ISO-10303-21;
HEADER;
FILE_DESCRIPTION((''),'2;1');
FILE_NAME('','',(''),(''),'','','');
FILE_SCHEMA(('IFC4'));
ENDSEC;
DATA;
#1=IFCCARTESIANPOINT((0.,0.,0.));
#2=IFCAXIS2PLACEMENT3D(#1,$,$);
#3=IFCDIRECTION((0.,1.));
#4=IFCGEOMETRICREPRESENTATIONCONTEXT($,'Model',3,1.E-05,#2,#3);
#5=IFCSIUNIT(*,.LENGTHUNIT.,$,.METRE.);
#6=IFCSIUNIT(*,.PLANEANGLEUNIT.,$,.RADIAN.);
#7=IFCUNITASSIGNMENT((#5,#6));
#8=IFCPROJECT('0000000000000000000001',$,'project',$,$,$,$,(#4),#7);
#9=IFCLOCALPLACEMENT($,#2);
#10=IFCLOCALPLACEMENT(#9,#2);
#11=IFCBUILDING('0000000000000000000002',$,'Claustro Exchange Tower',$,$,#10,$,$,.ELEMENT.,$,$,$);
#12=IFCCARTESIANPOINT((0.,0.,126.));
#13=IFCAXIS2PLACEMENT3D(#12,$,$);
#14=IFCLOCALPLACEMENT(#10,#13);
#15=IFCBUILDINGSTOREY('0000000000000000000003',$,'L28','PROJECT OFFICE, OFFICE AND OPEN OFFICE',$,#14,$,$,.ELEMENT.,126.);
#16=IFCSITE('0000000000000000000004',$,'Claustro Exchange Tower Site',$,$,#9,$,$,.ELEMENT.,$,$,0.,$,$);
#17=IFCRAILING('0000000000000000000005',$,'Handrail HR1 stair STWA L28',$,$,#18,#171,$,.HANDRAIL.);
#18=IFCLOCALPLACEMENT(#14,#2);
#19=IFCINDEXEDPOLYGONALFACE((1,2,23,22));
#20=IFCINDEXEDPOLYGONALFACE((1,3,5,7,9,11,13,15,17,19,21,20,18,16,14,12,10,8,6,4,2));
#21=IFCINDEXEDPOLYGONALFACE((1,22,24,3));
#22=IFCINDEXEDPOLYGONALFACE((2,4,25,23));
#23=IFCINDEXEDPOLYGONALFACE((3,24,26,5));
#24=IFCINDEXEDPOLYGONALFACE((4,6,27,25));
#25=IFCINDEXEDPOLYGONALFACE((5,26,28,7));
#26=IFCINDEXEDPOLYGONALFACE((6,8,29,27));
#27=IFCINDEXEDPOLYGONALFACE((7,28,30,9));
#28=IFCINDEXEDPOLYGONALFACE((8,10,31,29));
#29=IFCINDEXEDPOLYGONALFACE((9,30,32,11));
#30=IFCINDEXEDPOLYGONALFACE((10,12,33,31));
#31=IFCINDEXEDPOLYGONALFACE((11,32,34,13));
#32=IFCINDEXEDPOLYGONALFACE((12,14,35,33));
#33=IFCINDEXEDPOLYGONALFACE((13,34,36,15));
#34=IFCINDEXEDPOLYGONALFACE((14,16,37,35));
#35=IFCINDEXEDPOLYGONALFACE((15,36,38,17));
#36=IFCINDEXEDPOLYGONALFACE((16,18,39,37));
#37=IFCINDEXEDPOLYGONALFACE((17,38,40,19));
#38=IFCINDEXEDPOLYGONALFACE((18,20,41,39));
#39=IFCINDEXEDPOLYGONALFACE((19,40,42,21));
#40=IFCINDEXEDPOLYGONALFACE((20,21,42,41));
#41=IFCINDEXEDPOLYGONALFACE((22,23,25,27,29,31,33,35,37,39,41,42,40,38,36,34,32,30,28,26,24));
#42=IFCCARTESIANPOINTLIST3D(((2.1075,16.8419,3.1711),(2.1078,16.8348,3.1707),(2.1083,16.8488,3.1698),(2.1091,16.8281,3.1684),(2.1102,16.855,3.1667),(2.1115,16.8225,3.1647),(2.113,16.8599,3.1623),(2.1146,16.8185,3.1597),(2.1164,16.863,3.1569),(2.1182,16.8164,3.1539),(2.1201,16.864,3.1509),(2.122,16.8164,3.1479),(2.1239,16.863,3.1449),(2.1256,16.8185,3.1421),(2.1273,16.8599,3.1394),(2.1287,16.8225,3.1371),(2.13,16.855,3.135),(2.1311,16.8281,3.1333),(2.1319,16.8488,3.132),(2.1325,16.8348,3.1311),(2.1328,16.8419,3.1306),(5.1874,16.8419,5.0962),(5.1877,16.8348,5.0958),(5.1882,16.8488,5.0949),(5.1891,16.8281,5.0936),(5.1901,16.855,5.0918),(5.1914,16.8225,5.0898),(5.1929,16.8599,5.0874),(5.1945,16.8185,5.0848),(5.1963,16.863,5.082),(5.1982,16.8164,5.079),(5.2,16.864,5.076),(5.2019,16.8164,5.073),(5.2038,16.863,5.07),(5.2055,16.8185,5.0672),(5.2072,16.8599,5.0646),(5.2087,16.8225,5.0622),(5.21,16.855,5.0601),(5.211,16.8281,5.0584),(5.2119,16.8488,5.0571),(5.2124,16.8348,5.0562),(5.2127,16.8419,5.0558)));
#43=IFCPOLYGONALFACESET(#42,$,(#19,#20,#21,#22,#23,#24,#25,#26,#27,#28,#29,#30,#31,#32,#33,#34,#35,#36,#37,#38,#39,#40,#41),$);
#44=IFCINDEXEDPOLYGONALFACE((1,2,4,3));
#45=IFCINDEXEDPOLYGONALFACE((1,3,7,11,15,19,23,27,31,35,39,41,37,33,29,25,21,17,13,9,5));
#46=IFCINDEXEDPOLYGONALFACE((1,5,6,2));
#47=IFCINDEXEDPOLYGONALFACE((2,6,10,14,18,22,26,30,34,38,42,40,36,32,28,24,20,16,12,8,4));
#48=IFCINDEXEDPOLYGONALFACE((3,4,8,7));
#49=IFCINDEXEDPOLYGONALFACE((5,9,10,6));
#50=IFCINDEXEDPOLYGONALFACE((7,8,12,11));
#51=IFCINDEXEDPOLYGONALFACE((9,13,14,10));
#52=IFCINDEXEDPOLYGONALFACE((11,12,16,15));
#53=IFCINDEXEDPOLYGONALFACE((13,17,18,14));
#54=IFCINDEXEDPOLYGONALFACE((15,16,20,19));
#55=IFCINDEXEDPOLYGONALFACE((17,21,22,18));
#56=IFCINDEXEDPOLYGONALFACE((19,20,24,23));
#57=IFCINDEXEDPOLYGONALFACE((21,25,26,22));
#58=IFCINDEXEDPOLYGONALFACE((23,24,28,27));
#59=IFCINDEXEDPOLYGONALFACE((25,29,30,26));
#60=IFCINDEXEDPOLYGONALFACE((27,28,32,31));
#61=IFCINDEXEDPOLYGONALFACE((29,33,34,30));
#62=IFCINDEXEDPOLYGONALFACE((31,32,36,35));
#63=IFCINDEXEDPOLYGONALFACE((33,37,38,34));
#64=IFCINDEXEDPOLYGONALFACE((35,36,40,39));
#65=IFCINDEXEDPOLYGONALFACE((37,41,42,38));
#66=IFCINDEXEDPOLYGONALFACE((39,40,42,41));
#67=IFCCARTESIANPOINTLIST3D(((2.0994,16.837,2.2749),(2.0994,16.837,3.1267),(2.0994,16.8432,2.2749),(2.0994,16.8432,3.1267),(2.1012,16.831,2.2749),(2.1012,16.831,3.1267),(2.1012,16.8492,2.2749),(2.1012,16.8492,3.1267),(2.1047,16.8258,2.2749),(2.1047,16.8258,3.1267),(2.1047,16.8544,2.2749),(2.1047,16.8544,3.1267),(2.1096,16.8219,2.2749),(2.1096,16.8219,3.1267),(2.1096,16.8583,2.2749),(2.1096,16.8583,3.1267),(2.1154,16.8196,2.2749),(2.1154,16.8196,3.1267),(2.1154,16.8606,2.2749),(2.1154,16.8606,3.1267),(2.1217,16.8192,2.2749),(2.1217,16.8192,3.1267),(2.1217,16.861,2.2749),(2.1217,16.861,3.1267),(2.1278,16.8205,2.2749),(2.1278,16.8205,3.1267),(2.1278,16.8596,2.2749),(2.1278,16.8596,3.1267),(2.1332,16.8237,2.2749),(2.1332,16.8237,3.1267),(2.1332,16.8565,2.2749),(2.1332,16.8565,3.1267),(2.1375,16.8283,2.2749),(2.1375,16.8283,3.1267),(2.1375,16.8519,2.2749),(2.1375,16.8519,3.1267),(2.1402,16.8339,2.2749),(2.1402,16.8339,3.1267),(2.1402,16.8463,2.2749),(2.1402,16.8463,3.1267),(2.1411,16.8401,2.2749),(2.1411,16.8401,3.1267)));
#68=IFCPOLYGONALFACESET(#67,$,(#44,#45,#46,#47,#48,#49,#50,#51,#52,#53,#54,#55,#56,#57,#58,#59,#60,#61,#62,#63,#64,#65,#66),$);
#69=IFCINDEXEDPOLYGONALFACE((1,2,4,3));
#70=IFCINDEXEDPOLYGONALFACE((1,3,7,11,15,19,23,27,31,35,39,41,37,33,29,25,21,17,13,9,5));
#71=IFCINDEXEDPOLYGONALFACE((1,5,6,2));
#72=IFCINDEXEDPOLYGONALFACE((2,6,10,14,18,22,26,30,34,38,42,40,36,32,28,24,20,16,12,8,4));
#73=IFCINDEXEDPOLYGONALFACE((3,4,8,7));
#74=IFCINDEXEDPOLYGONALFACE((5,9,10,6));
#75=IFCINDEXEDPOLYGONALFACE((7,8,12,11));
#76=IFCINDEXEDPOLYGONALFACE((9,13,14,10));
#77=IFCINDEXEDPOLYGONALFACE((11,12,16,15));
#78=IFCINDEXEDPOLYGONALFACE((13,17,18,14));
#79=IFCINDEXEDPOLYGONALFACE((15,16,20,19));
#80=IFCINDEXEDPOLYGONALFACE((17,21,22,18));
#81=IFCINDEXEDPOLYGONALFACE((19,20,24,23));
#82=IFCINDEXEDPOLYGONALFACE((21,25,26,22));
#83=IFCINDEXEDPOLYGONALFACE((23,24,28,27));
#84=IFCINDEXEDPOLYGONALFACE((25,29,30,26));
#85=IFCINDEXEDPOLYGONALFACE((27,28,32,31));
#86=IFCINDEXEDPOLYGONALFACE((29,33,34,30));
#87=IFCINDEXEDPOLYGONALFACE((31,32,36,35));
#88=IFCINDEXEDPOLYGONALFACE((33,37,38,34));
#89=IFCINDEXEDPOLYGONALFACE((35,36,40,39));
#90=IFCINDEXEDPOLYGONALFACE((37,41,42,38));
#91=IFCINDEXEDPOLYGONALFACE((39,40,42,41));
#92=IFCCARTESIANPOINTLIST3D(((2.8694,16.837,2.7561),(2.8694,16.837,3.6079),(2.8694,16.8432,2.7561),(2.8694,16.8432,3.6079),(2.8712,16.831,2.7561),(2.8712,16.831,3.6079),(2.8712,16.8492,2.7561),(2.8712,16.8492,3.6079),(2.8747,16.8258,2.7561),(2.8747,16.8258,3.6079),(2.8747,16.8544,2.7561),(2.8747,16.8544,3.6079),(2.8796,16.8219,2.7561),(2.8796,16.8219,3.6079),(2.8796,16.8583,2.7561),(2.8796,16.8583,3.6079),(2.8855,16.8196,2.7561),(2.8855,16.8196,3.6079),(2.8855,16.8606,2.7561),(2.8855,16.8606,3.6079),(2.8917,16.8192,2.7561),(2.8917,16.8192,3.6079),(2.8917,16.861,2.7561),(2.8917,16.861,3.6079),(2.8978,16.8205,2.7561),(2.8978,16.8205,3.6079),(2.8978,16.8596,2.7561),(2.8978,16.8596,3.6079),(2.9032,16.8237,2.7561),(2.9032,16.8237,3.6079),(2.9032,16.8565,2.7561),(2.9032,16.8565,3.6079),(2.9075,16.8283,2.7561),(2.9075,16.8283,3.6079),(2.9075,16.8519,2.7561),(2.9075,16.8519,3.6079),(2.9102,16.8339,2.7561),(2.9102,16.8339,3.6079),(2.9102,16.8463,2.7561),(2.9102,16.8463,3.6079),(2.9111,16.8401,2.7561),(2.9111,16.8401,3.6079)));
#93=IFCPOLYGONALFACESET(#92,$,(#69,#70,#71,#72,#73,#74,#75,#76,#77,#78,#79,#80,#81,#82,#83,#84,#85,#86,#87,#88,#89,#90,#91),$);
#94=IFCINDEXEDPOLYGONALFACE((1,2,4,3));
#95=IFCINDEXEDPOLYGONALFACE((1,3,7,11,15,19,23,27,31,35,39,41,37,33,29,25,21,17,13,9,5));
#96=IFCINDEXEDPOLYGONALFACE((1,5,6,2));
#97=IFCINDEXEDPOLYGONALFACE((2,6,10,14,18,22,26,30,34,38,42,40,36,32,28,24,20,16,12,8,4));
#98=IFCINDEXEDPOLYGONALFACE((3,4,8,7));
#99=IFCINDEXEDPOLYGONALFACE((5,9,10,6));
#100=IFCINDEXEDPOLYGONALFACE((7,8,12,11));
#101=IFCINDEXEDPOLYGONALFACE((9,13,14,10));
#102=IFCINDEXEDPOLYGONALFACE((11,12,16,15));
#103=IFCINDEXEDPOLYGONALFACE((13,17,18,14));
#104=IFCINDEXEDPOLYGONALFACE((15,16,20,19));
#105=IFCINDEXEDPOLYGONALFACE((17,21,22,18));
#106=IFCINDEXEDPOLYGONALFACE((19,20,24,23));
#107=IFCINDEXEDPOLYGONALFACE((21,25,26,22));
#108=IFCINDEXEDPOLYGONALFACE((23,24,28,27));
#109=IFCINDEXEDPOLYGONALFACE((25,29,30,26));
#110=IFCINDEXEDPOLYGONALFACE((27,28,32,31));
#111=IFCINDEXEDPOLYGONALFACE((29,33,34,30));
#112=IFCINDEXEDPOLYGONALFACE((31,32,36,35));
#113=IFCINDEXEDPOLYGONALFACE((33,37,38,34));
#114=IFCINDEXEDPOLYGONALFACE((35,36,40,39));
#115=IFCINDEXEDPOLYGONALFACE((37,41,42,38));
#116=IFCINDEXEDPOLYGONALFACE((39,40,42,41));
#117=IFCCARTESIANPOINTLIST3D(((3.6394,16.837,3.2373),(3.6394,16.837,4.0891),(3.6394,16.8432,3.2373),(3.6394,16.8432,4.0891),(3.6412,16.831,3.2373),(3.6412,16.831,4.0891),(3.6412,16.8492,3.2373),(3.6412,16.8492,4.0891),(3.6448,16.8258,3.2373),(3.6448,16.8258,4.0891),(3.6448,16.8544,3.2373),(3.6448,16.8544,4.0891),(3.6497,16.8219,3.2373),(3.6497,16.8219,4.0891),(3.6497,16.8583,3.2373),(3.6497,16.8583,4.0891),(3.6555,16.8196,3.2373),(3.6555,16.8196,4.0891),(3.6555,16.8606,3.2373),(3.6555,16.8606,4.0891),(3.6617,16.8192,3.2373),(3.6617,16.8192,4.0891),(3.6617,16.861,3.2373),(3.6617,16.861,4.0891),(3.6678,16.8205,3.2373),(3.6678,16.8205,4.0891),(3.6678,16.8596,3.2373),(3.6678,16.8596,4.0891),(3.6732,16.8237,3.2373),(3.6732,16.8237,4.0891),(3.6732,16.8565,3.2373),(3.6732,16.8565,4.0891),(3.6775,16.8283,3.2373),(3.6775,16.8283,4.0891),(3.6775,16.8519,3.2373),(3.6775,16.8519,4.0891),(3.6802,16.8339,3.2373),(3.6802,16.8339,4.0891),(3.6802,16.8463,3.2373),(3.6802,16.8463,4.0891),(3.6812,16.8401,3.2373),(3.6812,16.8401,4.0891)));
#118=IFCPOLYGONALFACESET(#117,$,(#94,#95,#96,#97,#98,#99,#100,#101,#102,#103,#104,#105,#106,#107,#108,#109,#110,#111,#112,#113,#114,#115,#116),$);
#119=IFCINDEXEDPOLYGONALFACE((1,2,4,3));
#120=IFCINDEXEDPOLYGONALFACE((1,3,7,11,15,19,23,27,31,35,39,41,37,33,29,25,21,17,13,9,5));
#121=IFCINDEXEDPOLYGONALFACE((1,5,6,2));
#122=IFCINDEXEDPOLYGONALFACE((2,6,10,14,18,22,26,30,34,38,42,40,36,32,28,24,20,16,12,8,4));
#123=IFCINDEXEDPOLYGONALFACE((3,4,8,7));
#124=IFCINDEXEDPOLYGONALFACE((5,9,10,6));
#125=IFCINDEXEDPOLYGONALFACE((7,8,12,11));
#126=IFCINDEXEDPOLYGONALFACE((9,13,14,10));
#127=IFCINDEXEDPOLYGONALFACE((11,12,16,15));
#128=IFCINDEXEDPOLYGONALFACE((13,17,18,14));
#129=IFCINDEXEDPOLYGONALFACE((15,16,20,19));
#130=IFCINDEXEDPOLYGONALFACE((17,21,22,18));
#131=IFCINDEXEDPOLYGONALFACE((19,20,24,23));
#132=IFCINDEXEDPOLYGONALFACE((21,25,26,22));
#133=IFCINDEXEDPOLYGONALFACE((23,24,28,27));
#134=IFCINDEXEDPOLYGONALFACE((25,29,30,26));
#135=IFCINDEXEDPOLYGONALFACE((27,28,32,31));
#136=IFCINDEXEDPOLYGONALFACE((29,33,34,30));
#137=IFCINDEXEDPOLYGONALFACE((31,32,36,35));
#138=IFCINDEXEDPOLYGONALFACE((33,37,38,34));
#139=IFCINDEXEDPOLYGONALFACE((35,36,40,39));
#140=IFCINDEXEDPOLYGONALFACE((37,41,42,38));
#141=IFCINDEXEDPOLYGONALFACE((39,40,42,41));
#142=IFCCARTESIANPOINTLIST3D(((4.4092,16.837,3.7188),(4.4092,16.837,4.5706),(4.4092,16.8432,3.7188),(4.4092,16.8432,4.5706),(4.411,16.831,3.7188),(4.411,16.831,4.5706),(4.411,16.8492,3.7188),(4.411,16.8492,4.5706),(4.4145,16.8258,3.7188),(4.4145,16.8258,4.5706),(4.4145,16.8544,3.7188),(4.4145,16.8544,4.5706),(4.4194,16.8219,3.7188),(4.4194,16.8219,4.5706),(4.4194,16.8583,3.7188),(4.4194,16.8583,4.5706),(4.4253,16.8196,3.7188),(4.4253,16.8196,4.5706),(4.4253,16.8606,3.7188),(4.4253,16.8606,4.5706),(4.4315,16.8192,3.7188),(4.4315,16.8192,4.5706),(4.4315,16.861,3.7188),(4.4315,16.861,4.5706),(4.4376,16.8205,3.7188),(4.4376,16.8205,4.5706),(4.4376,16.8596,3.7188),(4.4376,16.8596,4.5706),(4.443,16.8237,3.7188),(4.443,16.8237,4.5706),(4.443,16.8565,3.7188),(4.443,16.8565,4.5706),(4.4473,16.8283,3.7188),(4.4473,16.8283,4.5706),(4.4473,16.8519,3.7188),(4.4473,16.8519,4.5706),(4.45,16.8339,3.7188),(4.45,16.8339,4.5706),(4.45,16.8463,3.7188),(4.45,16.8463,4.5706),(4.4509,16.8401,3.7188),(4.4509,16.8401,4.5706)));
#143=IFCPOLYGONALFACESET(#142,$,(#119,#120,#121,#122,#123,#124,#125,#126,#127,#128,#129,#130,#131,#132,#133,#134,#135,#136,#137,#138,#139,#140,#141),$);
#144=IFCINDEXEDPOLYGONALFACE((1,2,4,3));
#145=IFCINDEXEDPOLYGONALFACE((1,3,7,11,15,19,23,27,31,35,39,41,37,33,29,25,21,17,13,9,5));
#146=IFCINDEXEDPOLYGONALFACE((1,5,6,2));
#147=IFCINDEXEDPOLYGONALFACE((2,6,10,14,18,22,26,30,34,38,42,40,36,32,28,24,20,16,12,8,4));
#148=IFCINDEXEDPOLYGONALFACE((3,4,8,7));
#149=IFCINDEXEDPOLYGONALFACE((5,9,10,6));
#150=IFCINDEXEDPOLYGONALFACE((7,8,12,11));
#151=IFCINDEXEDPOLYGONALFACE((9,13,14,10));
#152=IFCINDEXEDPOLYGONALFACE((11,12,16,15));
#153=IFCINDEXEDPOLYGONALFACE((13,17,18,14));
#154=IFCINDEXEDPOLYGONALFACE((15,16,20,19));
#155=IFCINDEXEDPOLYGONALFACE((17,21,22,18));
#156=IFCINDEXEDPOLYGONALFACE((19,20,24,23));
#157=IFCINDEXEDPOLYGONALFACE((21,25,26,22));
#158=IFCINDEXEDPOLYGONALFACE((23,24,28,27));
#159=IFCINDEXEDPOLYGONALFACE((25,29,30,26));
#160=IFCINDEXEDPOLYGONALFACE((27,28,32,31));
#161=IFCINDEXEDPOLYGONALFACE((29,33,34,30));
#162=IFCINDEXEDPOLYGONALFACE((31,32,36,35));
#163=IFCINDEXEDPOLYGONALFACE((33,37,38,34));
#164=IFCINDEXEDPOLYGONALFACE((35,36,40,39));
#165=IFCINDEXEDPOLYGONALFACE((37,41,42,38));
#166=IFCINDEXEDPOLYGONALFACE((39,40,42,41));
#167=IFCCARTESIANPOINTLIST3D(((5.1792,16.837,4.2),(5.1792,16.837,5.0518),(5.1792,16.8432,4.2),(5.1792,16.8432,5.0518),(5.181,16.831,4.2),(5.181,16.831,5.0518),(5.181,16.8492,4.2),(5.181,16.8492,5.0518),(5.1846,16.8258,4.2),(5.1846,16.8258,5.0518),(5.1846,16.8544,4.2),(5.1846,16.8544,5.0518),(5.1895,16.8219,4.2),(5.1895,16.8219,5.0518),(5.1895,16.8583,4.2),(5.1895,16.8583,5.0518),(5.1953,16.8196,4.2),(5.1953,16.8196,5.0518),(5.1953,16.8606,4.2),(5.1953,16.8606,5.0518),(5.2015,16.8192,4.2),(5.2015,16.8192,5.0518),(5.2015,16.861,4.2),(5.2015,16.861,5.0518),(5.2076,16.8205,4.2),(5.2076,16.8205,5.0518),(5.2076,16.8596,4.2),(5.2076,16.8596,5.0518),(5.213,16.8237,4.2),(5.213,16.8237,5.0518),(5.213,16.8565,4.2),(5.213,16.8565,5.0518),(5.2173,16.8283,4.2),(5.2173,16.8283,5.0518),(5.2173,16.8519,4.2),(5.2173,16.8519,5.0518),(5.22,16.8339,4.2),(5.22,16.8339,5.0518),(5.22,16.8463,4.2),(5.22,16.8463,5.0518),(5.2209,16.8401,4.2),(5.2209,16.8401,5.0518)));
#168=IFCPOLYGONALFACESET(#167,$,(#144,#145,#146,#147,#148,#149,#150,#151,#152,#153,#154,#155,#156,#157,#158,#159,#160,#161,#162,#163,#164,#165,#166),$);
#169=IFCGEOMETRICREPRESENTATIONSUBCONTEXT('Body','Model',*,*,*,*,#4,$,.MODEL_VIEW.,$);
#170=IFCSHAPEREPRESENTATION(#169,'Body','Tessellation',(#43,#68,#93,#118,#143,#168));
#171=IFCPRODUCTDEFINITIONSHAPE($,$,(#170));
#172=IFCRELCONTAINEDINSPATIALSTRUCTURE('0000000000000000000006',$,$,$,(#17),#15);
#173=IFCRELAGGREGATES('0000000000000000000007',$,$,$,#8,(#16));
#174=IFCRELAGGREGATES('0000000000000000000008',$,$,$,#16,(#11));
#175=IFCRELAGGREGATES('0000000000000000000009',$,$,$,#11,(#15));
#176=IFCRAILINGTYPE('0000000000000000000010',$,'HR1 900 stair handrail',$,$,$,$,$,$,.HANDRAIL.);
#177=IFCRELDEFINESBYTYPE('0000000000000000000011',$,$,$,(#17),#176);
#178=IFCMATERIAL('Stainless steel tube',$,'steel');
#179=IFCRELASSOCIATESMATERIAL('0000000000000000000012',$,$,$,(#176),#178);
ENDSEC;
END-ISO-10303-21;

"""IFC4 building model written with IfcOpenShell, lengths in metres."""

from ifc_helpers import new_model, si_unit, direction, frame, origin, origin_2d, place, context, subcontext, project, spatial, circle, extrude, material, type_object, element, save


model = new_model("IFC4")

# Units and contexts
model_context = context("Model", 3, precision=1e-05, world=origin(), true_north=direction((0.0, 1.0)))
body_context = subcontext(model_context, "Body", "Model", "MODEL_VIEW")
ifc_project = project(units=[si_unit("LENGTHUNIT", "METRE"), si_unit("PLANEANGLEUNIT", "RADIAN")], contexts=[model_context])

# Site, building, storey
site_placement = place(None, origin())
site = spatial("IfcSite", under=ifc_project, at=site_placement, Name="Claustro Exchange Tower Site", CompositionType="ELEMENT", RefElevation=0.0)
building_placement = place(site_placement, origin())
building = spatial("IfcBuilding", under=site, at=building_placement, Name="Claustro Exchange Tower", CompositionType="ELEMENT")
storey_placement = place(building_placement, frame((0.0, 0.0, 126.0)))
storey = spatial("IfcBuildingStorey", under=building, at=storey_placement, Name="L28", Description="PROJECT OFFICE, OFFICE AND OPEN OFFICE", CompositionType="ELEMENT", Elevation=126.0)

# Railing
ifc_material_1 = material(Name="Stainless steel tube", Category="steel")
railing_type = type_object("IfcRailingType", Name="HR1 900 stair handrail", PredefinedType="HANDRAIL", material=ifc_material_1)
railing_placement = place(storey_placement, frame((2.1201, 16.8401, 2.2749)))
element("IfcRailing", 1, at=railing_placement, inside=storey, type_object=railing_type, Name="Handrail HR1 stair STWA L28", PredefinedType="HANDRAIL", context=body_context, shape_type="SweptSolid", body=[
    extrude(circle(Radius=0.0239, at=origin_2d()), frame((0.0, 0.0, 0.876), z_axis=(0.847979, 0.0, 0.530029), x_axis=(0.0, 1.0, 0.0)), (0.0, 0.0, 1.0), 3.6321),
    extrude(circle(Radius=0.021, at=origin_2d()), origin(), (0.0, 0.0, 1.0), 0.8518),
    extrude(circle(Radius=0.021, at=origin_2d()), frame((0.77, 0.0, 0.4812)), (0.0, 0.0, 1.0), 0.8518),
    extrude(circle(Radius=0.021, at=origin_2d()), frame((1.54, 0.0, 0.9624)), (0.0, 0.0, 1.0), 0.8518),
    extrude(circle(Radius=0.021, at=origin_2d()), frame((2.3098, 0.0, 1.4438)), (0.0, 0.0, 1.0), 0.8518),
    extrude(circle(Radius=0.021, at=origin_2d()), frame((3.0798, 0.0, 1.925)), (0.0, 0.0, 1.0), 0.8518),
])

save(model, "model.ifc")
